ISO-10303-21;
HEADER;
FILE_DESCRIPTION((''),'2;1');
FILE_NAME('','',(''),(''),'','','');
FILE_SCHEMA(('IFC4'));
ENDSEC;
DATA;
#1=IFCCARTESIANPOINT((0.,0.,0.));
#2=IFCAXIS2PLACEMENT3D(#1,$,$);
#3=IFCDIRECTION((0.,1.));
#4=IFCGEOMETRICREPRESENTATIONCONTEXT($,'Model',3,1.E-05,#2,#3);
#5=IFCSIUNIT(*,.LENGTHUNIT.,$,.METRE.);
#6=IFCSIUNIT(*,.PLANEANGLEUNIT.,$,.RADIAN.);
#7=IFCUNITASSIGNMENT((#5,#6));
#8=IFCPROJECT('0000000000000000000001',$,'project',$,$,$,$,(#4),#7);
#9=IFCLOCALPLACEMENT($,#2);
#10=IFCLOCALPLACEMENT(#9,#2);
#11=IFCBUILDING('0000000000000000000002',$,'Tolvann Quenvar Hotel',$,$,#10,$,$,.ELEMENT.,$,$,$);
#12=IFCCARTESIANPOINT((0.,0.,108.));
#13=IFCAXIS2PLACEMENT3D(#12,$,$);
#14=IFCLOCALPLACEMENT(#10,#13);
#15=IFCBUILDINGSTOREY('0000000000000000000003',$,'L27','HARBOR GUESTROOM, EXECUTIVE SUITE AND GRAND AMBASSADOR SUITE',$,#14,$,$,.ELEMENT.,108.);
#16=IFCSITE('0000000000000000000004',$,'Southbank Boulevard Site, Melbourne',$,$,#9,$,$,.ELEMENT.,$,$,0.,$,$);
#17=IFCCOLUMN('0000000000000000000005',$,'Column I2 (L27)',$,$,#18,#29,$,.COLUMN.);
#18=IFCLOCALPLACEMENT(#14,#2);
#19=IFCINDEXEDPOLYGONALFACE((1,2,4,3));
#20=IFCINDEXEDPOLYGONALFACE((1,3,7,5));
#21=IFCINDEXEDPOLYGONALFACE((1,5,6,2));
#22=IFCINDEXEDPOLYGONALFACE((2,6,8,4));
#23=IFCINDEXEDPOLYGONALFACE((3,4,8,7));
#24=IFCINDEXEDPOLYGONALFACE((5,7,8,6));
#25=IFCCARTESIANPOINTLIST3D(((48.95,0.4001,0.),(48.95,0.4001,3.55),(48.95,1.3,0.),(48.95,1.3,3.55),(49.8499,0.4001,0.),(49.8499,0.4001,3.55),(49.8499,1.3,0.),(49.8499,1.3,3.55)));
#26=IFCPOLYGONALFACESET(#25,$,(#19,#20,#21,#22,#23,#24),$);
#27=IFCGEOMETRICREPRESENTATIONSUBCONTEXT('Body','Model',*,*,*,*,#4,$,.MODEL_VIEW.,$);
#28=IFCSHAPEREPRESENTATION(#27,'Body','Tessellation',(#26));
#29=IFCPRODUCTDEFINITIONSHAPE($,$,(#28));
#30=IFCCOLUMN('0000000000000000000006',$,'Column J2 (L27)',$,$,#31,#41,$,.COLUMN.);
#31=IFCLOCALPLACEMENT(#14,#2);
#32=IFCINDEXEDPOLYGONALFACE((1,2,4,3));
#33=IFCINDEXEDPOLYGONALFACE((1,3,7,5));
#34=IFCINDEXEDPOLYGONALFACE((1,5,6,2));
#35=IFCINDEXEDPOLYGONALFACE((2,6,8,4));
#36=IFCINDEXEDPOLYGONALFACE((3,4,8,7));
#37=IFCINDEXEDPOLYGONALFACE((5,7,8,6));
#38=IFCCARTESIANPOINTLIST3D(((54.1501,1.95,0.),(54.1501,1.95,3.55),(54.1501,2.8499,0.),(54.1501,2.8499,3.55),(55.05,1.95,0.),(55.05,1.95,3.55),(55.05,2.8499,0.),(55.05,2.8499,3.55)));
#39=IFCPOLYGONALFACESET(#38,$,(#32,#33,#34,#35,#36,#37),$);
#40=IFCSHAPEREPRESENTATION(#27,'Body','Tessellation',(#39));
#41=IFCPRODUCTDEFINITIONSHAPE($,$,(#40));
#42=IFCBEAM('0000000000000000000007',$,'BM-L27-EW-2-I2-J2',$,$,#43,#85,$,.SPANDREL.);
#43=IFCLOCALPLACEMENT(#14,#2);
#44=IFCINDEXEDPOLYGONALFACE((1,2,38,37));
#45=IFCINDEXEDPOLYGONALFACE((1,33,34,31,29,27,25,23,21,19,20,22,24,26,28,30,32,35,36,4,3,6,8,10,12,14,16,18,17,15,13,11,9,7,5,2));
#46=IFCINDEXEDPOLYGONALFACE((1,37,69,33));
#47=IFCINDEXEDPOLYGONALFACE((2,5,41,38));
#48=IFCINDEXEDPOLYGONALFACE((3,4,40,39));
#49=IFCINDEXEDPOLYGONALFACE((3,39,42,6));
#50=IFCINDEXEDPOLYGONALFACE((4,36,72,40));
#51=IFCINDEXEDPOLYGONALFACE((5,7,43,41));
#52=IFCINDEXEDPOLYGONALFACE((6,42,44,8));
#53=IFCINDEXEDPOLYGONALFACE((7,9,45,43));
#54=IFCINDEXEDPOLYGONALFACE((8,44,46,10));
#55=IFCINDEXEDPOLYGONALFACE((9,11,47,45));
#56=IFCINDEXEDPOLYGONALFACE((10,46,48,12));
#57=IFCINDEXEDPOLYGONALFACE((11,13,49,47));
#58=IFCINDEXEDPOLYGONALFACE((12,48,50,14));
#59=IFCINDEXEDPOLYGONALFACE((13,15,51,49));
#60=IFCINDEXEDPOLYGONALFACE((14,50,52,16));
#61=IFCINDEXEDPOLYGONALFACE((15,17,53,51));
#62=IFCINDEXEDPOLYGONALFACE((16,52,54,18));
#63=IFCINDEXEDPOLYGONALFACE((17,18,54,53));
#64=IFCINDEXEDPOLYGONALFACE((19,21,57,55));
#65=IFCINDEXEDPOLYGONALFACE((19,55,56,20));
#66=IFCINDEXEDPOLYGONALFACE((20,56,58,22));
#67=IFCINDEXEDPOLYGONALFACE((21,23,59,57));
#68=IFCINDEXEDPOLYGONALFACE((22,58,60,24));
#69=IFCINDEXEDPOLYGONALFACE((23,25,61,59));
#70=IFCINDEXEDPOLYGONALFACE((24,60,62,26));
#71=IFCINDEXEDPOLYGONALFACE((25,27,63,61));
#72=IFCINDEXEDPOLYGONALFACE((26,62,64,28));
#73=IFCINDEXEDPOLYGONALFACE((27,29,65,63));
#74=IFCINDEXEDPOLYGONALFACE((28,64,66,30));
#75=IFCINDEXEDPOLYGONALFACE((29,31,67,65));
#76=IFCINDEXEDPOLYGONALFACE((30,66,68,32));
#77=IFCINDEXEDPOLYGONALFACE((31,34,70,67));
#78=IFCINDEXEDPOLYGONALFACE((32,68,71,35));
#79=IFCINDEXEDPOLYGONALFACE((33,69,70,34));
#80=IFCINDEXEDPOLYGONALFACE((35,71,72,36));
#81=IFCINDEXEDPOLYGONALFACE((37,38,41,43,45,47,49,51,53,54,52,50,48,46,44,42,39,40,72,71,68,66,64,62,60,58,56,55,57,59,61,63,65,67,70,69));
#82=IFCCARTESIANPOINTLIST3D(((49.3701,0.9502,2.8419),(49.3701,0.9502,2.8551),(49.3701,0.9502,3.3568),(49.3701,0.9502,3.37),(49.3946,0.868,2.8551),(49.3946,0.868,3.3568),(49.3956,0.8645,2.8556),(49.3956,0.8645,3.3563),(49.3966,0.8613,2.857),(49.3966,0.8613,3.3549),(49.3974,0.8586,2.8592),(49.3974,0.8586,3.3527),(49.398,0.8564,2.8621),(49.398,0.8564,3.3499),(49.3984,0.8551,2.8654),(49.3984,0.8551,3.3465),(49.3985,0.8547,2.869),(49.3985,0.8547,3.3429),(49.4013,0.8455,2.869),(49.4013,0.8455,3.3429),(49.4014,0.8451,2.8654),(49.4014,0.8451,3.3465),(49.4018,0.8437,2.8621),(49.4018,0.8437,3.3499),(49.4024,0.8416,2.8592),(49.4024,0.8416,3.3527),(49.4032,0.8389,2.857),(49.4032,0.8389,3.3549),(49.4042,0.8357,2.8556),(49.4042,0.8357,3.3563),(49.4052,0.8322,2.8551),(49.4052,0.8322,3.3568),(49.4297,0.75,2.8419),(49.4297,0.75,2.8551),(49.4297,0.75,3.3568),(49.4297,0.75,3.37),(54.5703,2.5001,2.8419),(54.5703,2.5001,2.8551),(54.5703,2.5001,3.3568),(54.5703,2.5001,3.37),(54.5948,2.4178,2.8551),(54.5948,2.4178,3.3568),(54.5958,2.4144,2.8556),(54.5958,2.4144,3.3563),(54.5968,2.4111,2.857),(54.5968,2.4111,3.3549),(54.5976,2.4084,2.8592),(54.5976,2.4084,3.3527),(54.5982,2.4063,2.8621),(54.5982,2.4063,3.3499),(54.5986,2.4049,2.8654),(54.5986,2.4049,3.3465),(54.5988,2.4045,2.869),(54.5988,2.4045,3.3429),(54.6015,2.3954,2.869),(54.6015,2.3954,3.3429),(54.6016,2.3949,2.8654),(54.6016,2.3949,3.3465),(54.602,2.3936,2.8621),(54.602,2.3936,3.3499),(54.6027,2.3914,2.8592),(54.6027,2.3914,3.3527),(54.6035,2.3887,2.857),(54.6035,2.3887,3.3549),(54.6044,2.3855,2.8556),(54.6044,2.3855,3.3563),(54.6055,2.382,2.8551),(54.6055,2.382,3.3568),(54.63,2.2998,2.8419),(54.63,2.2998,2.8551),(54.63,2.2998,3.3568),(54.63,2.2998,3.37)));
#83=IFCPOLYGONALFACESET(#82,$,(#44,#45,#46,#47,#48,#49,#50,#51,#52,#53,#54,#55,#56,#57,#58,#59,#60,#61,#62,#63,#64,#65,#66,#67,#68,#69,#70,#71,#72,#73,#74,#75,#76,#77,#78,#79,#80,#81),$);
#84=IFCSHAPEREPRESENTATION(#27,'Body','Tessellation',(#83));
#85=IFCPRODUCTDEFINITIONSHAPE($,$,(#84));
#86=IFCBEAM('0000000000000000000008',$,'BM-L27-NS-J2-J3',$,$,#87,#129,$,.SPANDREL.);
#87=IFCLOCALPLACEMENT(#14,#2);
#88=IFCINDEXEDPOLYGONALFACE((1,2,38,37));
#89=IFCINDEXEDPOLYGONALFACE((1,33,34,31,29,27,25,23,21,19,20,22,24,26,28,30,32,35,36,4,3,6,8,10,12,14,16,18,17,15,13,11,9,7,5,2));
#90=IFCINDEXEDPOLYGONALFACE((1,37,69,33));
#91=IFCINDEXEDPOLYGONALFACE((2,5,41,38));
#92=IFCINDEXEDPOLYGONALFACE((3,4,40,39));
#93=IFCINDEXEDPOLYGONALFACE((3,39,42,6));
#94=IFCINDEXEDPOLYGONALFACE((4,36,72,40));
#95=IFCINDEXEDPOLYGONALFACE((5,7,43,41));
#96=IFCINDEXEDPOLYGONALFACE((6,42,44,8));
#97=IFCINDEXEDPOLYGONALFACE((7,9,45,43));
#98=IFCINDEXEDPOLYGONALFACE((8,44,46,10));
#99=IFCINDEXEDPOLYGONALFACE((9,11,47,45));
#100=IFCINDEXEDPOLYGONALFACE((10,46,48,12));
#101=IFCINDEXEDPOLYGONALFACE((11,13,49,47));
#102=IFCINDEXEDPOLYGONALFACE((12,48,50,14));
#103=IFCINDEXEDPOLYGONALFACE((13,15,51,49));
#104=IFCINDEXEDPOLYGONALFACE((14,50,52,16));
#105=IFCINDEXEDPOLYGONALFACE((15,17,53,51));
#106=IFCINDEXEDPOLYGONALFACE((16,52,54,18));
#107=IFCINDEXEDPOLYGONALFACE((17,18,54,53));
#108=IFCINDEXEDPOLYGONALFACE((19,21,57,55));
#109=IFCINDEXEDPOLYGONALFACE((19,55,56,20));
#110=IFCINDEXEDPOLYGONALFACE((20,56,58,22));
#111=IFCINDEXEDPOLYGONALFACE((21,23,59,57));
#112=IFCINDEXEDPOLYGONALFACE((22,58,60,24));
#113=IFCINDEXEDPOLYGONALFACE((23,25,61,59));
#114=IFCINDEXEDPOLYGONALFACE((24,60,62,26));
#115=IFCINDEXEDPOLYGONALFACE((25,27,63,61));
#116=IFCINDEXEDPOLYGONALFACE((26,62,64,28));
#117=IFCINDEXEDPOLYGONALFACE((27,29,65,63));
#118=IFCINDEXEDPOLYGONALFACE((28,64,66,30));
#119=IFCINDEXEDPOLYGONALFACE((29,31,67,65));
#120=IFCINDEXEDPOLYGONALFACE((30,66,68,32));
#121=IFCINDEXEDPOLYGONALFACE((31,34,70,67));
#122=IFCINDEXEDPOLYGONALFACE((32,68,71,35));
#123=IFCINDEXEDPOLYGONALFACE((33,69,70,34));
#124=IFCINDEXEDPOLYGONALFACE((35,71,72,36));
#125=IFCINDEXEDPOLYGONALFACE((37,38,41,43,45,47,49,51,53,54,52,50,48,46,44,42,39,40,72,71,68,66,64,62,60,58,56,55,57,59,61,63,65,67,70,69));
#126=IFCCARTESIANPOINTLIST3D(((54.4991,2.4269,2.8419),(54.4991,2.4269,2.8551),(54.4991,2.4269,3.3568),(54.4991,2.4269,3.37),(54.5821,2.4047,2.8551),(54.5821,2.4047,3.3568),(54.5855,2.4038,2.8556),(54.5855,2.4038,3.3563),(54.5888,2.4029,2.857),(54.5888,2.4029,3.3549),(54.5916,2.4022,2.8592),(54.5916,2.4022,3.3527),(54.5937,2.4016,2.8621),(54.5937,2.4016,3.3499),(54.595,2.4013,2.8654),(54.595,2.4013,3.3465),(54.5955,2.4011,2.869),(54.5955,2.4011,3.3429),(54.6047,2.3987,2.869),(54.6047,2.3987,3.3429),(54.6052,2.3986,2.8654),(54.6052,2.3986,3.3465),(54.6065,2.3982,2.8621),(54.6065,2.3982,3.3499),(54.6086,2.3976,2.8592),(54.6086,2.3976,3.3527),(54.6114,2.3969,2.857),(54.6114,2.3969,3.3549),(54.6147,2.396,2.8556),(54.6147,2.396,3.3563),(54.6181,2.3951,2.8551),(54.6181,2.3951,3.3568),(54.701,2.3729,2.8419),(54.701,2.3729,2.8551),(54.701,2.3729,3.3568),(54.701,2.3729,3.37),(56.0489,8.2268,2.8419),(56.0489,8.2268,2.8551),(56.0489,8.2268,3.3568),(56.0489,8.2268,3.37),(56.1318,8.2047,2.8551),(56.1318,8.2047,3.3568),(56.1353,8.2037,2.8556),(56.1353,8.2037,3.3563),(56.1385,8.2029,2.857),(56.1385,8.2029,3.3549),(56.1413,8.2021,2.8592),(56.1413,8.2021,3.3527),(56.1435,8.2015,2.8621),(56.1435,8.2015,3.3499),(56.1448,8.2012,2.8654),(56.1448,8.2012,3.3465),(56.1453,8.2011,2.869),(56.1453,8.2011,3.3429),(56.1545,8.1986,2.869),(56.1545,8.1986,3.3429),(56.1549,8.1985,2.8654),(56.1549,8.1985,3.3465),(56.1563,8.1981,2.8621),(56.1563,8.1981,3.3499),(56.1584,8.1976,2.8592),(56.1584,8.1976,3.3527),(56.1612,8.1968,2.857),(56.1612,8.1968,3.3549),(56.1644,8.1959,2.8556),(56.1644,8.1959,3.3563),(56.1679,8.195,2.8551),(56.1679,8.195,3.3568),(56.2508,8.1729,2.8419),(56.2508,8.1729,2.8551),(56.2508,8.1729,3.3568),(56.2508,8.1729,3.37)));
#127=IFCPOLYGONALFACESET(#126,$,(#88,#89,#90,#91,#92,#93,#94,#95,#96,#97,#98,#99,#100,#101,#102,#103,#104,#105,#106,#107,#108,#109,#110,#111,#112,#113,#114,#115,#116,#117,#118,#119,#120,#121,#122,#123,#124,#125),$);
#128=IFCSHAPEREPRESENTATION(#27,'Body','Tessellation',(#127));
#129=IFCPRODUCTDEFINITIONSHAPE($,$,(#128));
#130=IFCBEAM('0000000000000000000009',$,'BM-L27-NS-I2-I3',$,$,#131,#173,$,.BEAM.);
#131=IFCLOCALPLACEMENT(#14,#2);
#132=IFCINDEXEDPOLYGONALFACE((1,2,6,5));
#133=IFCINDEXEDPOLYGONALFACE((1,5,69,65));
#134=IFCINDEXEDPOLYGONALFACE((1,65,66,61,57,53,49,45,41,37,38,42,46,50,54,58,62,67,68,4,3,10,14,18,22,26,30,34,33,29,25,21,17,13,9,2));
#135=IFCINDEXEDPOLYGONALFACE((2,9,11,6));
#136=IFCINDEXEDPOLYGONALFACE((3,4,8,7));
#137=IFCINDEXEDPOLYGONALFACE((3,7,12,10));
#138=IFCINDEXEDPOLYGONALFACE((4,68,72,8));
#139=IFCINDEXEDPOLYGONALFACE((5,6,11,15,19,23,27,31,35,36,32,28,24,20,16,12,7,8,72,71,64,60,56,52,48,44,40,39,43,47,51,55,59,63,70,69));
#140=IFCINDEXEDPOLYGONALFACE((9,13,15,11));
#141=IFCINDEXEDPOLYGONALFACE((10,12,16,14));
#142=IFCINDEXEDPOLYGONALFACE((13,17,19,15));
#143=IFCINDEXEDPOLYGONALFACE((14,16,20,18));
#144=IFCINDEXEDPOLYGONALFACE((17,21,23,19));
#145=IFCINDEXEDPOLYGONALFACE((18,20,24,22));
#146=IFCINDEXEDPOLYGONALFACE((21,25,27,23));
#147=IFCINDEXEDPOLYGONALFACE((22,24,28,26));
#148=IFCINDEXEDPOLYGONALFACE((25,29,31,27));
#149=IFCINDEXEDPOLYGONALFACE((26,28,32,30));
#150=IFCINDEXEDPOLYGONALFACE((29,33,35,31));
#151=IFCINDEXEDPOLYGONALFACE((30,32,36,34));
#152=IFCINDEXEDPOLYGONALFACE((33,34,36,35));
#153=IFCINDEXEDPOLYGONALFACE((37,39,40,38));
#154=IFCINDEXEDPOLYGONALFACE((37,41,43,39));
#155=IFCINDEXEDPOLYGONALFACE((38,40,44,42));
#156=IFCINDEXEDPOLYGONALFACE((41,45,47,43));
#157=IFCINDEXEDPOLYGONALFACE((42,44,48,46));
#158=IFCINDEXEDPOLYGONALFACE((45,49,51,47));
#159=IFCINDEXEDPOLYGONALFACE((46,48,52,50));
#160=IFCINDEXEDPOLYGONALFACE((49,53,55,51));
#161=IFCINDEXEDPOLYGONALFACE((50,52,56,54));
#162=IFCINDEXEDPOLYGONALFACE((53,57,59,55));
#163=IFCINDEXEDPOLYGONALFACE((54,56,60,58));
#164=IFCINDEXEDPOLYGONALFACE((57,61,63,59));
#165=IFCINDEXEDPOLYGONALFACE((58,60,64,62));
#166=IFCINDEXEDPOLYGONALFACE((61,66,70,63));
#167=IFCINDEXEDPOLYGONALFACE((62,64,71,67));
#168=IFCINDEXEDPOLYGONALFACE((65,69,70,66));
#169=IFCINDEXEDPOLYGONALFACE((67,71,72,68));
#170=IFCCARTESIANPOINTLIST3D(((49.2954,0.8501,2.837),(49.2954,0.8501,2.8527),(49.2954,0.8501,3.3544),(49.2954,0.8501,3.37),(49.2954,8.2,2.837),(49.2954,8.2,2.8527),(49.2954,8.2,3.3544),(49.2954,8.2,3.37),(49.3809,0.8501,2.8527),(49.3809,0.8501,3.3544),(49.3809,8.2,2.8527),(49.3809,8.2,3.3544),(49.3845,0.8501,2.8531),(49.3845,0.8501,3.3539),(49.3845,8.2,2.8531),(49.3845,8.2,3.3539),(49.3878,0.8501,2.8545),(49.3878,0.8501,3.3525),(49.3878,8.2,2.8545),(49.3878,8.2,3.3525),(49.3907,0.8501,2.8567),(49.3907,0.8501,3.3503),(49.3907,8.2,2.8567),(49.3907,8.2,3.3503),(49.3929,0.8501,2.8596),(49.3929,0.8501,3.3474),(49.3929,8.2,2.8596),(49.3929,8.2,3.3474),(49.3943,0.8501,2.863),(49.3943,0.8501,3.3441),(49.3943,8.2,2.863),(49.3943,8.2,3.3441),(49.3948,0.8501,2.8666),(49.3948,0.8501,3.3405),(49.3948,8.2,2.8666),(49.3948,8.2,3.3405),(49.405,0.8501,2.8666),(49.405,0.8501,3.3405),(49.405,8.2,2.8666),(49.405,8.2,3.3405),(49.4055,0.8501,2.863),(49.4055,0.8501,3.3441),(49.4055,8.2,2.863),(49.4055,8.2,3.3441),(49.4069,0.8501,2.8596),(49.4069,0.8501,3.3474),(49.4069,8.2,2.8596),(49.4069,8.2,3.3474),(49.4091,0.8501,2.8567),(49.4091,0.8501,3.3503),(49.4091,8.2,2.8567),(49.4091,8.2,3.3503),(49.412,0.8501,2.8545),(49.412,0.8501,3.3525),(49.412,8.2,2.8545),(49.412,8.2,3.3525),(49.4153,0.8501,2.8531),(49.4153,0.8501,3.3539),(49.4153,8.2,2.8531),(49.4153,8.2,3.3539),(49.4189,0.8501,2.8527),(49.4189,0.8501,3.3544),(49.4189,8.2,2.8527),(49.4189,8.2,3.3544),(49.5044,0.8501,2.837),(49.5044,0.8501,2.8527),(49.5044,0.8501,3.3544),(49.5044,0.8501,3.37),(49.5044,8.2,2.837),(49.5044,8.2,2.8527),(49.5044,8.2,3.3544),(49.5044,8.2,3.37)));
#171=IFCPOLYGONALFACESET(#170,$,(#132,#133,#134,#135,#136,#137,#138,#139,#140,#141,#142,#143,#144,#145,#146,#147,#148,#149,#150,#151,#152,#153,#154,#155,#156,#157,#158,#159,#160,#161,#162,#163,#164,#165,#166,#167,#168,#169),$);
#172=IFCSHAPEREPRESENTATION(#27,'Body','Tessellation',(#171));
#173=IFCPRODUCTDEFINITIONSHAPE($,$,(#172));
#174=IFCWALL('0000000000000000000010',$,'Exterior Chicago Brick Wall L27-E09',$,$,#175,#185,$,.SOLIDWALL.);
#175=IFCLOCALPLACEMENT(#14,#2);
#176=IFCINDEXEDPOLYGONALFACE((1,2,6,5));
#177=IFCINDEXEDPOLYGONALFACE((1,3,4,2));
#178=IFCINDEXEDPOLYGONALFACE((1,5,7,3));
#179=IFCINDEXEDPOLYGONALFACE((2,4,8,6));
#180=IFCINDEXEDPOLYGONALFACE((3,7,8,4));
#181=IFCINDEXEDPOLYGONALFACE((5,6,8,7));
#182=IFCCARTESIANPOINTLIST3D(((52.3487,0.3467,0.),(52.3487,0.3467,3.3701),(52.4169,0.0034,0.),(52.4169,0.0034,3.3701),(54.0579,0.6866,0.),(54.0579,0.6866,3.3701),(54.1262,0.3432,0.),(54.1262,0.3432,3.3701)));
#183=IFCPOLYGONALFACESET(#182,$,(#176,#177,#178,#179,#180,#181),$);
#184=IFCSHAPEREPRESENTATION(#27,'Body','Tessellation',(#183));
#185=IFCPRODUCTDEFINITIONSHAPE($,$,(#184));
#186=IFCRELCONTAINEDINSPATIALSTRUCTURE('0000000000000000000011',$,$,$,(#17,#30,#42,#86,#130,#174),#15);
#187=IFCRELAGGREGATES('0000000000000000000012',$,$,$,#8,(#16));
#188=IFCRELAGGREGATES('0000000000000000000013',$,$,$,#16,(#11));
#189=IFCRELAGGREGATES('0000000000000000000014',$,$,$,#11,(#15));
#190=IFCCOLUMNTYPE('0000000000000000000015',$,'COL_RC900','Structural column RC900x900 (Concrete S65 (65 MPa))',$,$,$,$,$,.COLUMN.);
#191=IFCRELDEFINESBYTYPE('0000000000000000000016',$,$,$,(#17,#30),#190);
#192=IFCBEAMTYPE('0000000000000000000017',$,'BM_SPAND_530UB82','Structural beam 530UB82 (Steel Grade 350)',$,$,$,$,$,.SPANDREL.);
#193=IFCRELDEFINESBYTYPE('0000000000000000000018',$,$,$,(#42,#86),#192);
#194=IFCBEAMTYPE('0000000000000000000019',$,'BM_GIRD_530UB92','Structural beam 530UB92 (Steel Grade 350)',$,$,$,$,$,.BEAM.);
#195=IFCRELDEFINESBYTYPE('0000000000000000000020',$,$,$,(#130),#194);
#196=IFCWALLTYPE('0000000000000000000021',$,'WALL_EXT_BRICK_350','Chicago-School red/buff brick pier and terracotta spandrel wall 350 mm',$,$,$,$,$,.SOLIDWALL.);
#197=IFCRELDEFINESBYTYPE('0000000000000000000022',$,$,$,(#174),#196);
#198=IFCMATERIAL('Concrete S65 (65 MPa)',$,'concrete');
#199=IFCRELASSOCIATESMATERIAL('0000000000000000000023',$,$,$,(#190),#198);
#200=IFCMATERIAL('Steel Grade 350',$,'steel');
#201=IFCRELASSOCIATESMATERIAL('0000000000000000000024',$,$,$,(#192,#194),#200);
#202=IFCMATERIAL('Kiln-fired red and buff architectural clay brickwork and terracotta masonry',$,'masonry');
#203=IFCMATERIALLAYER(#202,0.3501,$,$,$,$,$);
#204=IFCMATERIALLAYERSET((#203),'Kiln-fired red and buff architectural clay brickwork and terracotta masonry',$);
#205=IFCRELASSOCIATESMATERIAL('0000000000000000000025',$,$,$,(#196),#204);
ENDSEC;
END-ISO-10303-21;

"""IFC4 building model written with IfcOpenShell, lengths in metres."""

from ifc_helpers import new_model, si_unit, direction, frame, frame_2d, origin, origin_2d, place, context, subcontext, project, spatial, rectangle, i_section, extrude, source, transform, mapped, material, layer, layer_set, material_profile, profile_set, type_object, type_shapes, element, save


model = new_model("IFC4")

# Units and contexts
model_context = context("Model", 3, precision=1e-05, world=origin(), true_north=direction((0.0, 1.0)))
body_context = subcontext(model_context, "Body", "Model", "MODEL_VIEW")
ifc_project = project(units=[si_unit("LENGTHUNIT", "METRE"), si_unit("PLANEANGLEUNIT", "RADIAN")], contexts=[model_context])

# Site, building, storey
site_placement = place(None, origin())
site = spatial("IfcSite", under=ifc_project, at=site_placement, Name="Southbank Boulevard Site, Melbourne", CompositionType="ELEMENT", RefElevation=0.0)
building_placement = place(site_placement, origin())
building = spatial("IfcBuilding", under=site, at=building_placement, Name="Tolvann Quenvar Hotel", CompositionType="ELEMENT")
storey_placement = place(building_placement, frame((0.0, 0.0, 108.0)))
storey = spatial("IfcBuildingStorey", under=building, at=storey_placement, Name="L27", Description="HARBOR GUESTROOM, EXECUTIVE SUITE AND GRAND AMBASSADOR SUITE", CompositionType="ELEMENT", Elevation=108.0)

# Columns
ifc_material_1 = material(Name="Concrete S65 (65 MPa)", Category="concrete")
ifc_material_profile_1 = material_profile(ifc_material_1, rectangle(XDim=0.8999, YDim=0.8999, at=origin_2d()), Name="RC900x900")
ifc_profile_set_1 = profile_set([ifc_material_profile_1], Name="Concrete S65 (65 MPa)")
column_type = type_object("IfcColumnType", Name="COL_RC900", Description="Structural column RC900x900 (Concrete S65 (65 MPa))", PredefinedType="COLUMN", material=ifc_profile_set_1)
shared_shape_1 = source(origin(), body_context, "Body", "SweptSolid", [
    extrude(rectangle(XDim=0.8999, YDim=0.8999, at=origin_2d()), origin(), (0.0, 0.0, 1.0), 3.55),
])
type_shapes(column_type, [shared_shape_1])
for number, where, z_axis, x_axis, name in (
    (1, (49.3999, 0.8501, 0.0), (0.0, 0.0, 1.0), (1.0, 0.0, 0.0), "Column I2 (L27)"),
    (2, (54.6001, 2.3999, 0.0), (0.0, 0.0, 1.0), (1.0, 0.0, 0.0), "Column J2 (L27)"),
):
    element("IfcColumn", number, at=place(storey_placement, frame(where, z_axis=z_axis, x_axis=x_axis)), inside=storey, type_object=column_type, Name=name, PredefinedType="COLUMN", context=body_context, shape_type="MappedRepresentation", body=[
        mapped(shared_shape_1, transform((0.0, 0.0, 0.0), x_axis=(1.0, 0.0, 0.0), y_axis=(0.0, 1.0, 0.0), z_axis=(0.0, 0.0, 1.0), scale=1.0)),
    ])

# Beams
ifc_material_2 = material(Name="Steel Grade 350", Category="steel")
ifc_material_profile_2 = material_profile(ifc_material_2, i_section(OverallWidth=0.209, OverallDepth=0.5281, WebThickness=0.0095, FlangeThickness=0.0132, FilletRadius=0.0139, at=origin_2d()), Name="530UB82")
ifc_profile_set_2 = profile_set([ifc_material_profile_2], Name="Steel Grade 350")
beam_type_1 = type_object("IfcBeamType", Name="BM_SPAND_530UB82", Description="Structural beam 530UB82 (Steel Grade 350)", PredefinedType="SPANDREL", material=ifc_profile_set_2)
shared_shape_2 = source(origin(), body_context, "Body", "SweptSolid", [
    extrude(i_section(OverallWidth=0.209, OverallDepth=0.5281, WebThickness=0.0095, FlangeThickness=0.0132, FilletRadius=0.0139, at=origin_2d()), origin(), (0.0, 0.0, 1.0), 5.4263),
])
beam_1_placement = place(storey_placement, frame((49.3999, 0.8501, 3.106), z_axis=(0.958345, 0.285614, 0.0), x_axis=(-0.285614, 0.958345, 0.0)))
element("IfcBeam", 3, at=beam_1_placement, inside=storey, type_object=beam_type_1, Name="BM-L27-EW-2-I2-J2", PredefinedType="SPANDREL", context=body_context, shape_type="MappedRepresentation", body=[
    mapped(shared_shape_2, transform((0.0, 0.0, 0.0), x_axis=(1.0, 0.0, 0.0), y_axis=(0.0, 1.0, 0.0), z_axis=(0.0, 0.0, 1.0), scale=1.0)),
])
shared_shape_3 = source(origin(), body_context, "Body", "SweptSolid", [
    extrude(i_section(OverallWidth=0.209, OverallDepth=0.5281, WebThickness=0.0095, FlangeThickness=0.0132, FilletRadius=0.0139, at=origin_2d()), origin(), (0.0, 0.0, 1.0), 6.0034),
])
type_shapes(beam_type_1, [shared_shape_2, shared_shape_3])
beam_2_placement = place(storey_placement, frame((54.6001, 2.3999, 3.106), z_axis=(0.258149, 0.966105, 0.0), x_axis=(-0.966105, 0.258149, 0.0)))
element("IfcBeam", 4, at=beam_2_placement, inside=storey, type_object=beam_type_1, Name="BM-L27-NS-J2-J3", PredefinedType="SPANDREL", context=body_context, shape_type="MappedRepresentation", body=[
    mapped(shared_shape_3, transform((0.0, 0.0, 0.0), x_axis=(1.0, 0.0, 0.0), y_axis=(0.0, 1.0, 0.0), z_axis=(0.0, 0.0, 1.0), scale=1.0)),
])
ifc_material_profile_3 = material_profile(ifc_material_2, i_section(OverallWidth=0.209, OverallDepth=0.533, WebThickness=0.0103, FlangeThickness=0.0156, FilletRadius=0.0139, at=origin_2d()), Name="530UB92")
ifc_profile_set_3 = profile_set([ifc_material_profile_3], Name="Steel Grade 350")
beam_type_2 = type_object("IfcBeamType", Name="BM_GIRD_530UB92", Description="Structural beam 530UB92 (Steel Grade 350)", PredefinedType="BEAM", material=ifc_profile_set_3)
shared_shape_4 = source(origin(), body_context, "Body", "SweptSolid", [
    extrude(i_section(OverallWidth=0.209, OverallDepth=0.533, WebThickness=0.0103, FlangeThickness=0.0156, FilletRadius=0.0139, at=origin_2d()), origin(), (0.0, 0.0, 1.0), 7.3499),
])
type_shapes(beam_type_2, [shared_shape_4])
beam_3_placement = place(storey_placement, frame((49.3999, 0.8501, 3.1035), z_axis=(0.0, 1.0, 0.0), x_axis=(-1.0, 0.0, 0.0)))
element("IfcBeam", 5, at=beam_3_placement, inside=storey, type_object=beam_type_2, Name="BM-L27-NS-I2-I3", PredefinedType="BEAM", context=body_context, shape_type="MappedRepresentation", body=[
    mapped(shared_shape_4, transform((0.0, 0.0, 0.0), x_axis=(1.0, 0.0, 0.0), y_axis=(0.0, 1.0, 0.0), z_axis=(0.0, 0.0, 1.0), scale=1.0)),
])

# Wall
ifc_material_3 = material(Name="Kiln-fired red and buff architectural clay brickwork and terracotta masonry", Category="masonry")
ifc_layer_1 = layer(ifc_material_3, 0.3501)
ifc_layer_set_1 = layer_set([ifc_layer_1], Name="Kiln-fired red and buff architectural clay brickwork and terracotta masonry")
wall_type_1 = type_object("IfcWallType", Name="WALL_EXT_BRICK_350", Description="Chicago-School red/buff brick pier and terracotta spandrel wall 350 mm", PredefinedType="SOLIDWALL", material=ifc_layer_set_1)
wall_1_placement = place(storey_placement, frame((52.3828, 0.175, 0.0), z_axis=(0.0, 0.0, 1.0), x_axis=(0.980801, 0.195011, 0.0)))
element("IfcWall", 6, at=wall_1_placement, inside=storey, type_object=wall_type_1, Name="Exterior Chicago Brick Wall L27-E09", PredefinedType="SOLIDWALL", context=body_context, shape_type="SweptSolid", body=[
    extrude(rectangle(XDim=1.7427, YDim=0.3501, at=frame_2d((0.8713, 0.0))), origin(), (0.0, 0.0, 1.0), 3.3701),
])

save(model, "model.ifc")
